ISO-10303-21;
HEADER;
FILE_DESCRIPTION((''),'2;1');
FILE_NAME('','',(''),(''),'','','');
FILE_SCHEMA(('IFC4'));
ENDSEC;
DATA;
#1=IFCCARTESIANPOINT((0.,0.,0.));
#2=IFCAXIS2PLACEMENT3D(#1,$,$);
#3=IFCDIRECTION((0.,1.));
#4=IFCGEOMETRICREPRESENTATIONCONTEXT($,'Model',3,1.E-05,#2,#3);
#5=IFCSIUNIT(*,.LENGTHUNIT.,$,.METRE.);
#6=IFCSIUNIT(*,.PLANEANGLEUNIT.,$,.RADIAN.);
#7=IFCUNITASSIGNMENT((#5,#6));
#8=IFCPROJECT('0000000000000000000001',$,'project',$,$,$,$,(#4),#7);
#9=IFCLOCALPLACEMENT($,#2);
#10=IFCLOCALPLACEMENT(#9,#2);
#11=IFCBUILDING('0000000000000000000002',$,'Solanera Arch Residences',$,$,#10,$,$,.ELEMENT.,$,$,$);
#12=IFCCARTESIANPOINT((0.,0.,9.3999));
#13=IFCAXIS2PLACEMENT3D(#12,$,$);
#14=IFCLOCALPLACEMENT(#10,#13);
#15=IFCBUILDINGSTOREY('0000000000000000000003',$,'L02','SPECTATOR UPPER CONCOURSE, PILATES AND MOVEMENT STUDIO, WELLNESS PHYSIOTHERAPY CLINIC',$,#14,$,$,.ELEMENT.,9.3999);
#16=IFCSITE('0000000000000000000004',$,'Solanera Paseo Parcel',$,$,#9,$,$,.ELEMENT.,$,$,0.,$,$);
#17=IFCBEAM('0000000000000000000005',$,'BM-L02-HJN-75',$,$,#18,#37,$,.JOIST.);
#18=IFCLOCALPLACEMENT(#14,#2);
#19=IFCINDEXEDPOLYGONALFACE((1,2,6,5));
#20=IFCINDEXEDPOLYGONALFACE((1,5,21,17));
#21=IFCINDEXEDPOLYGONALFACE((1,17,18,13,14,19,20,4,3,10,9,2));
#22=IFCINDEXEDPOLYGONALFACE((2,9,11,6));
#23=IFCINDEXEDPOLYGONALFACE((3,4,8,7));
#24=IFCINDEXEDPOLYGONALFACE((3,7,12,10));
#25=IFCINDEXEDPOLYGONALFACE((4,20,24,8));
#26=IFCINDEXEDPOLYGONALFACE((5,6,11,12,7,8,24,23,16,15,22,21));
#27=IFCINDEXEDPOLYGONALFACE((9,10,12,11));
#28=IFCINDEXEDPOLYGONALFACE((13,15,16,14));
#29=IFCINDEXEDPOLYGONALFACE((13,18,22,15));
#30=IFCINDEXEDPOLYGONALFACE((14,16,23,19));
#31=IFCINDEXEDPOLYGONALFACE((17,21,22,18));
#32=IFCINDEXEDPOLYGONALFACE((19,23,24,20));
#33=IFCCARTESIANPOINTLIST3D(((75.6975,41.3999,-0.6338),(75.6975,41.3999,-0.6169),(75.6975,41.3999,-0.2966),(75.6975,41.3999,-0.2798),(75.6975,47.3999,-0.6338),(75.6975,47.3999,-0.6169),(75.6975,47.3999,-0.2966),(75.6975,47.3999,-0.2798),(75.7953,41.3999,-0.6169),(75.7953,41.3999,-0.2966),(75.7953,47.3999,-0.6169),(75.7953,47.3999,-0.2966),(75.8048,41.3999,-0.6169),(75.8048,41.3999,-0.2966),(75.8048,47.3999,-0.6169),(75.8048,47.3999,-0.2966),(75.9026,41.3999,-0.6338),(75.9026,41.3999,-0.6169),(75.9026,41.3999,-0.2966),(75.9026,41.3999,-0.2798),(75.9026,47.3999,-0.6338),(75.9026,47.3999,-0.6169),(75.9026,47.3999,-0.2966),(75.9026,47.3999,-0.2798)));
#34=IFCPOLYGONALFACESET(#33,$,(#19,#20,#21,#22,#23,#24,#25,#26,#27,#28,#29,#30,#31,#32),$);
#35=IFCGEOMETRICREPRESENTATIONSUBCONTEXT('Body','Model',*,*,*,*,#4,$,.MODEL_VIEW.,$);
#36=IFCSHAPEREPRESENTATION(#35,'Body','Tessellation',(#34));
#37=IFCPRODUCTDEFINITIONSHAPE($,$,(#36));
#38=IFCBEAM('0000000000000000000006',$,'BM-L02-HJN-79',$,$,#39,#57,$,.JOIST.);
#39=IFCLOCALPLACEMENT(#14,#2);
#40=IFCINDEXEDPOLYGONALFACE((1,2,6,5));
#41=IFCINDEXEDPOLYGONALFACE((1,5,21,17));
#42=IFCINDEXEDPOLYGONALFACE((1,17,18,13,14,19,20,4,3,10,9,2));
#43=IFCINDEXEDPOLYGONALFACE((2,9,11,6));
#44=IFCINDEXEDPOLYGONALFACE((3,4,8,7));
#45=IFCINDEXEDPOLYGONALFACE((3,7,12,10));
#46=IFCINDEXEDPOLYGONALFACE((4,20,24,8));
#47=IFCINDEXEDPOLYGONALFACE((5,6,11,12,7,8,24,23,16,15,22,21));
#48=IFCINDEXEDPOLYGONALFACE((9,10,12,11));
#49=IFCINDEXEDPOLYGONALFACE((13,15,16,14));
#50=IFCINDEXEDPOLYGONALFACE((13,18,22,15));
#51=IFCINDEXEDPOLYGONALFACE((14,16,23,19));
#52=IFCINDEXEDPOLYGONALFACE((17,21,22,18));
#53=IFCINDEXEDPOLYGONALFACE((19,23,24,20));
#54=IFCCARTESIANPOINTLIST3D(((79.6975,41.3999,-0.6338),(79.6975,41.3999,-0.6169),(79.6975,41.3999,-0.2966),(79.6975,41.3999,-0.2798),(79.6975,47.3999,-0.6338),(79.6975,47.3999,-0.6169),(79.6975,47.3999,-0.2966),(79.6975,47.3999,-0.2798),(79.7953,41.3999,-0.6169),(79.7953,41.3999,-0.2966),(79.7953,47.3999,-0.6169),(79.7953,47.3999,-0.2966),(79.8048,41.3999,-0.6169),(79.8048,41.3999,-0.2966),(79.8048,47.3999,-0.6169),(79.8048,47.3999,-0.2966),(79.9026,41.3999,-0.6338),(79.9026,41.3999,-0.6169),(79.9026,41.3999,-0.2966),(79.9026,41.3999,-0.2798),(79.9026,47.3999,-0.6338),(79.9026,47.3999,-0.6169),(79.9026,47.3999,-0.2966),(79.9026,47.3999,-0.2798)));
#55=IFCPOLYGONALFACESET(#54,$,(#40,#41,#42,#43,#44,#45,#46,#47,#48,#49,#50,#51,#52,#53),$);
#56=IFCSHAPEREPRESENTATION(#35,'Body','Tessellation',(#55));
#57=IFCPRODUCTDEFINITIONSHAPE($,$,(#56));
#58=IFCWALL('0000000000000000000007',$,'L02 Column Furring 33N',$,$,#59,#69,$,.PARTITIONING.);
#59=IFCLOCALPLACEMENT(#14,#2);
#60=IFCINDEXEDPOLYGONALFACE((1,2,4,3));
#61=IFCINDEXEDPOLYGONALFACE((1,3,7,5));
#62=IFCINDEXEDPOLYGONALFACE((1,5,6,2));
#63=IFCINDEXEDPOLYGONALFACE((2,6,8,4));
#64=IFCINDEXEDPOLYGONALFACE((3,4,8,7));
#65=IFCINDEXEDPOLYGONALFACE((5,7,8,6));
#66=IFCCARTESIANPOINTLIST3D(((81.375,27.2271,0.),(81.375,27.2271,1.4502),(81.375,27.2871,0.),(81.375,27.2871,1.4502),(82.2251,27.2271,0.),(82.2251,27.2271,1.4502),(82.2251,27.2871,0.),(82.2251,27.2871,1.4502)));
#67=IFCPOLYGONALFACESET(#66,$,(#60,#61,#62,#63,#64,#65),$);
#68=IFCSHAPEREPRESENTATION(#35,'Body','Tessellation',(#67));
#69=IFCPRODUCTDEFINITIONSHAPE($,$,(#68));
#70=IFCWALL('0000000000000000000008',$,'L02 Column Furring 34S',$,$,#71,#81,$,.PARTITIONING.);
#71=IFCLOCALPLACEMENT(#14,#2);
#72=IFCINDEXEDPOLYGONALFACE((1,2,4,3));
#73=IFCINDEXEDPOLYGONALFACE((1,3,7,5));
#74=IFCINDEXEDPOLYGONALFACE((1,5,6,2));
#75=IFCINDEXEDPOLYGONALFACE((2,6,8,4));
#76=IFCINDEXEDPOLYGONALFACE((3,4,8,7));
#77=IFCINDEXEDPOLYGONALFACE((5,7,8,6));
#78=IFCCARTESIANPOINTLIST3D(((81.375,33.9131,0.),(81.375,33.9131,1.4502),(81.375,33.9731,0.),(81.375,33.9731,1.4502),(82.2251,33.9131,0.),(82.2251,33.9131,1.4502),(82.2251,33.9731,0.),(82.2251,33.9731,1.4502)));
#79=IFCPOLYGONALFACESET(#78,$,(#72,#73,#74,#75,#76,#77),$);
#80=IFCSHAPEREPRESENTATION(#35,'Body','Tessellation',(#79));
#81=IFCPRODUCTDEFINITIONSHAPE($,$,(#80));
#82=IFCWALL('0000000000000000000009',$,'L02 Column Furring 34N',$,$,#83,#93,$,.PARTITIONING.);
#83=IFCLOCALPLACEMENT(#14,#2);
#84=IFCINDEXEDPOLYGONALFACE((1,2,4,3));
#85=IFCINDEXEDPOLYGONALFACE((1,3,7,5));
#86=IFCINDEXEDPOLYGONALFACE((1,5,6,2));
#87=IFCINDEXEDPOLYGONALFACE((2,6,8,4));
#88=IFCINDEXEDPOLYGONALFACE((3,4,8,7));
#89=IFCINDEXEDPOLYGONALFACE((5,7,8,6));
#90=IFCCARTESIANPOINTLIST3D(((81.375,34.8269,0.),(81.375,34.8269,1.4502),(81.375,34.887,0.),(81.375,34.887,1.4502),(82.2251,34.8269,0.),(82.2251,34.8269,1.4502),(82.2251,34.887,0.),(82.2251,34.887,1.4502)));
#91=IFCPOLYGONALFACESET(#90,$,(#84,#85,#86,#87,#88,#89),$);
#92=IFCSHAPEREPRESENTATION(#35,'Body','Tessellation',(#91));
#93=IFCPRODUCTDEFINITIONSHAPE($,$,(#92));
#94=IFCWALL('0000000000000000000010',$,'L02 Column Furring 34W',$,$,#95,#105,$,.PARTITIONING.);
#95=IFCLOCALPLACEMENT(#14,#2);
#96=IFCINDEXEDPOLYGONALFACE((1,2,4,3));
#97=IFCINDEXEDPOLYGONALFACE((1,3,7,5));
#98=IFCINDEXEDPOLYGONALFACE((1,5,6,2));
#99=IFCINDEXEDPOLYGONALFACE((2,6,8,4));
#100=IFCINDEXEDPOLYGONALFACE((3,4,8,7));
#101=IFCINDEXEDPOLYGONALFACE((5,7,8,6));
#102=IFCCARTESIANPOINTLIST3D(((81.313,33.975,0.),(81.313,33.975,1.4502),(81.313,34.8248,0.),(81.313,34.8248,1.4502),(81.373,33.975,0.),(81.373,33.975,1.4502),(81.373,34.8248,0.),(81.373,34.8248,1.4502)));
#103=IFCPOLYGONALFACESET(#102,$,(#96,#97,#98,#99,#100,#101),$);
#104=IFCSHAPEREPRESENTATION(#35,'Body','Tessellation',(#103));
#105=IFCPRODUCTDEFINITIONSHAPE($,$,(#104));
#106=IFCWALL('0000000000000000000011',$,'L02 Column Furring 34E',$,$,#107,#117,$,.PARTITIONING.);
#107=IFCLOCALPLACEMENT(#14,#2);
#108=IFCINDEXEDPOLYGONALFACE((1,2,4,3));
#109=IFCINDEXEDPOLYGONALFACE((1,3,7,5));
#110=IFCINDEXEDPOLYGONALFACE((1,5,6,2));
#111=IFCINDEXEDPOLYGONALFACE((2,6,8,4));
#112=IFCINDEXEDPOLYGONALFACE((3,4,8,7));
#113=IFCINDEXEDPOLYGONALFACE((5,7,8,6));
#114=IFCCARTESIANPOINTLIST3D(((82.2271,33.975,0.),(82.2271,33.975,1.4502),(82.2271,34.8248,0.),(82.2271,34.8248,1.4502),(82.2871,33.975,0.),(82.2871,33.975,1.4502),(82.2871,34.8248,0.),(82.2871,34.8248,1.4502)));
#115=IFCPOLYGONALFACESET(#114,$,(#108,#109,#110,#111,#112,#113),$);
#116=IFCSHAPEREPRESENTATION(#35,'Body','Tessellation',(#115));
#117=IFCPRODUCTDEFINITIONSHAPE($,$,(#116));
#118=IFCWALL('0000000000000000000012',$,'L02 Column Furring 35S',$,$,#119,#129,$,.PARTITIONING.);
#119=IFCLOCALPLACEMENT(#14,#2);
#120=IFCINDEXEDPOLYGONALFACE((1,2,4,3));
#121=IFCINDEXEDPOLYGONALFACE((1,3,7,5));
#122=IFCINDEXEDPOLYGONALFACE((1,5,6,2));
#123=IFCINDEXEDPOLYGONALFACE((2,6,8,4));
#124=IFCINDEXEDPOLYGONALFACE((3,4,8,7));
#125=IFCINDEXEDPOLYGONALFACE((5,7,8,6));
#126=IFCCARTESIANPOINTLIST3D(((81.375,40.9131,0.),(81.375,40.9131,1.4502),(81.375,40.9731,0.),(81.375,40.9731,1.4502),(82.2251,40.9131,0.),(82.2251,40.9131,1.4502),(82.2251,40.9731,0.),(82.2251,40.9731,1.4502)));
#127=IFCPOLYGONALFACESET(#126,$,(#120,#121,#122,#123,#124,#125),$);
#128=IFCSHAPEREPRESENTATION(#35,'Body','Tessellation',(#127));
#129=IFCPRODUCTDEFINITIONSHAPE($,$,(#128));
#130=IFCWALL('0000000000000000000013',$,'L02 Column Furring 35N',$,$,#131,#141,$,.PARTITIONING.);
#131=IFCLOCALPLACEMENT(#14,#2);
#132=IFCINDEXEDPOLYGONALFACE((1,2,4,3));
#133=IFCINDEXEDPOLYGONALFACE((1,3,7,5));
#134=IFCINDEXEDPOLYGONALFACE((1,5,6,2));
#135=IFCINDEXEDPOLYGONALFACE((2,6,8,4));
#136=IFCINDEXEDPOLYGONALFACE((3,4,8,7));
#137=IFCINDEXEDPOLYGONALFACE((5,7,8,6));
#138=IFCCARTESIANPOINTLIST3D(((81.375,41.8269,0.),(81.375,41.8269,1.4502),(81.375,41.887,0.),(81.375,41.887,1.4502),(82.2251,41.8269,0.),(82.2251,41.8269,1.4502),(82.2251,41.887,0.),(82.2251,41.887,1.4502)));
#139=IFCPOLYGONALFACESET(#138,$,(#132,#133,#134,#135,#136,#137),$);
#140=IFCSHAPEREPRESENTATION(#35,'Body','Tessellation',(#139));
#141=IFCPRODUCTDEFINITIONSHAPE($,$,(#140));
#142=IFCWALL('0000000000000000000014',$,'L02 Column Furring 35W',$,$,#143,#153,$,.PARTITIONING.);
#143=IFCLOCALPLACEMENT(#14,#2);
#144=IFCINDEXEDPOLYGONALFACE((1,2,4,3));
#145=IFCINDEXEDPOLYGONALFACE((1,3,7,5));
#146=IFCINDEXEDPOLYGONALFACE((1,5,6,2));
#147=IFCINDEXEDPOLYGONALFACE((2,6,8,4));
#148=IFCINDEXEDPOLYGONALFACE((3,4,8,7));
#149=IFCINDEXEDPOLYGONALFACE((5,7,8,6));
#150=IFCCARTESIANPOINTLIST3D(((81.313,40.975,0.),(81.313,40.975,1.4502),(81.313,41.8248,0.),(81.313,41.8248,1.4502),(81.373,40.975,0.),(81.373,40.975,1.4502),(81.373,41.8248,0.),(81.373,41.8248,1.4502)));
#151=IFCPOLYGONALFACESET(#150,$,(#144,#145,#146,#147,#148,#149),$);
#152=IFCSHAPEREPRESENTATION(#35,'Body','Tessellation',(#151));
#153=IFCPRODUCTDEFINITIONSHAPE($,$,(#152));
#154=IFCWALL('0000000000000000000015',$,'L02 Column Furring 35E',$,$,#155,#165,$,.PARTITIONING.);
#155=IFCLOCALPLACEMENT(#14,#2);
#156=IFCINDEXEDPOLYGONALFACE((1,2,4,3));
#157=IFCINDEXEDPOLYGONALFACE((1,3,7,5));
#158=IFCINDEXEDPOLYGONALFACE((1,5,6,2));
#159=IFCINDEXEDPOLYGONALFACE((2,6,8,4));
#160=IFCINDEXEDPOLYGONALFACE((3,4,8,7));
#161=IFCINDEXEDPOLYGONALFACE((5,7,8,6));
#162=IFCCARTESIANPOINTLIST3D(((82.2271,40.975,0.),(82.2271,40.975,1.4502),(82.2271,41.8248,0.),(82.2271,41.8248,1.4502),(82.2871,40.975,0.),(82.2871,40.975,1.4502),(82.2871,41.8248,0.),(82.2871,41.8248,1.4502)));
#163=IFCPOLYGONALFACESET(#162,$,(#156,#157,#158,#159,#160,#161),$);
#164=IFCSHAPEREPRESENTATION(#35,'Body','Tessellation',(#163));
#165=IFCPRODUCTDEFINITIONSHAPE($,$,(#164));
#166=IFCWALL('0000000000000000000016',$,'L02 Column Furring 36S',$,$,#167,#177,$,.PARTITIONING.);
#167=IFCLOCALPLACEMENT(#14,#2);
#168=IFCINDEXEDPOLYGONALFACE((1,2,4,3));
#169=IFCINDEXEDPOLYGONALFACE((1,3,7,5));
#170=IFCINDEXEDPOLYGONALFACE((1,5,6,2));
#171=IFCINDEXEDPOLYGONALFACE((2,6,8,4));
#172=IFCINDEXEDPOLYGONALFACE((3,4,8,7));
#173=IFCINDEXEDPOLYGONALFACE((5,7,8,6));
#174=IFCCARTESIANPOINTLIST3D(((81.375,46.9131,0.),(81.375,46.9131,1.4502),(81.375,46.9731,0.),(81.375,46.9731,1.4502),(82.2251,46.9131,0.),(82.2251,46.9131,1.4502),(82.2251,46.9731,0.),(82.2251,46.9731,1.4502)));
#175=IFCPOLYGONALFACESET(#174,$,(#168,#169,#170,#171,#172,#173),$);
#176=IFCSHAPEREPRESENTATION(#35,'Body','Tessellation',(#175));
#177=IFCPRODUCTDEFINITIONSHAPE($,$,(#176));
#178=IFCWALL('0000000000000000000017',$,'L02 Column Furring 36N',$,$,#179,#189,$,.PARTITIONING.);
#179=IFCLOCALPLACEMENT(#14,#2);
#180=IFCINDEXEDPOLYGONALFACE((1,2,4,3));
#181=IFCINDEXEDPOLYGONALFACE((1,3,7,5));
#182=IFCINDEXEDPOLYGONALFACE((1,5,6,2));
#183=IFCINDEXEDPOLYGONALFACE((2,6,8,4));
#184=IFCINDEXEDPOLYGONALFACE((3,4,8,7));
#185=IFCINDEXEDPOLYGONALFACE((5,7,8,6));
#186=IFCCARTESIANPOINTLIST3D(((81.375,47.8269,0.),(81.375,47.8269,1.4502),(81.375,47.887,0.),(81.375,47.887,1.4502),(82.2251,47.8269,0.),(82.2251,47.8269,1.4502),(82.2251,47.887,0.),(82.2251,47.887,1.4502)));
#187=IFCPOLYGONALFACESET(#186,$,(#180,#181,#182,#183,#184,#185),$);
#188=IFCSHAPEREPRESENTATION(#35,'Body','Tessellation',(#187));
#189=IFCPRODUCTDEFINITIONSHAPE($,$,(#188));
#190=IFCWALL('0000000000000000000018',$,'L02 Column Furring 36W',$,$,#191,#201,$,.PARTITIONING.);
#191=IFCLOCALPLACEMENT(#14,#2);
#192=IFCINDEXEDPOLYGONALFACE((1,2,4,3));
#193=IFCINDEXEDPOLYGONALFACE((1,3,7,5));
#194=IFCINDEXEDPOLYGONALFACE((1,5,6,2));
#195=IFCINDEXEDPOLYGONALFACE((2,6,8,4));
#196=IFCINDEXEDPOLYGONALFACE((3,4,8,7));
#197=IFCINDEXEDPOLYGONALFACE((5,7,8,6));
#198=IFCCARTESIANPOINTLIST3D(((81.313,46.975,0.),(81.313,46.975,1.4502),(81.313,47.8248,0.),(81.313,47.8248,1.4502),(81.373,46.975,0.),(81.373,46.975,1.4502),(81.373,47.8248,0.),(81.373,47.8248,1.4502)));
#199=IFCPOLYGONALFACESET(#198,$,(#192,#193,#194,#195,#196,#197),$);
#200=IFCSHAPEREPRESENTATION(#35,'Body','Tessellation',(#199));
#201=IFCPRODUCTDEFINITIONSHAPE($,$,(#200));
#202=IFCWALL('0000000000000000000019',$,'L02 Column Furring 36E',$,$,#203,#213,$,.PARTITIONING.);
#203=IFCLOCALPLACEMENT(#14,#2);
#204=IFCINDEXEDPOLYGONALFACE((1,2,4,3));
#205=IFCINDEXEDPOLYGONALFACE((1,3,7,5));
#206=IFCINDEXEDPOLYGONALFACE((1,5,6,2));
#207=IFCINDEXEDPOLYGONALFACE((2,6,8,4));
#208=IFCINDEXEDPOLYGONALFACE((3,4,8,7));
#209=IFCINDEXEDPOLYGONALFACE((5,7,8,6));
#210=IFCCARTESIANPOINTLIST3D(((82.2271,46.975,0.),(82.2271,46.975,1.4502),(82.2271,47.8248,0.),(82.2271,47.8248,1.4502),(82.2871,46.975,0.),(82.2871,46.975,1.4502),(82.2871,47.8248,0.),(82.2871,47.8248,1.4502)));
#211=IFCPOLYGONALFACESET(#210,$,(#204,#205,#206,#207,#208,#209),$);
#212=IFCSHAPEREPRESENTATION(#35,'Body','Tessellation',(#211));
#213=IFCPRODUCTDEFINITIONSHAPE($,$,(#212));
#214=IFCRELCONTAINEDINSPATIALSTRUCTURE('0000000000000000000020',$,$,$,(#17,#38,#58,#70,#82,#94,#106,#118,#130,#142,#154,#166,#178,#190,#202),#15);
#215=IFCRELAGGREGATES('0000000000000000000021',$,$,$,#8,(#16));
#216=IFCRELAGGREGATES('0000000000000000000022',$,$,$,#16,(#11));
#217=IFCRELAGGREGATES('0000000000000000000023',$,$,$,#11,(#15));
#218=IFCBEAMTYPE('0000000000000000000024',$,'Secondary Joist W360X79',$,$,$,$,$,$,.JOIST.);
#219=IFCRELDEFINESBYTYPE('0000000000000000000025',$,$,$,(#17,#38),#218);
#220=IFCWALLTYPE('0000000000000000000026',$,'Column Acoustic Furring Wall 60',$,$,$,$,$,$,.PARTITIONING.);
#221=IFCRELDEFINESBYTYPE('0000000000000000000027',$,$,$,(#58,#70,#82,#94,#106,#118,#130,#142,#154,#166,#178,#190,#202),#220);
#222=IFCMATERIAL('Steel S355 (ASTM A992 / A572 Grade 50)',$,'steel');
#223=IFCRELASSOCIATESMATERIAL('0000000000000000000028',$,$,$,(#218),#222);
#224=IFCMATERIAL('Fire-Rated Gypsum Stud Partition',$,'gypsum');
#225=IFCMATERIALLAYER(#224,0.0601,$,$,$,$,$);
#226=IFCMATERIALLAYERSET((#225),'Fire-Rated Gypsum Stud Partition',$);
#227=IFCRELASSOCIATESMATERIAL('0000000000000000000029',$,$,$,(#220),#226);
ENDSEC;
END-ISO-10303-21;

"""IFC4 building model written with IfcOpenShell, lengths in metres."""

from ifc_helpers import new_model, si_unit, direction, frame, frame_2d, origin, origin_2d, place, context, subcontext, project, spatial, rectangle, i_section, extrude, material, layer, layer_set, material_profile, profile_set, type_object, element, save


model = new_model("IFC4")

# Units and contexts
model_context = context("Model", 3, precision=1e-05, world=origin(), true_north=direction((0.0, 1.0)))
body_context = subcontext(model_context, "Body", "Model", "MODEL_VIEW")
ifc_project = project(units=[si_unit("LENGTHUNIT", "METRE"), si_unit("PLANEANGLEUNIT", "RADIAN")], contexts=[model_context])

# Site, building, storey
site_placement = place(None, origin())
site = spatial("IfcSite", under=ifc_project, at=site_placement, Name="Solanera Paseo Parcel", CompositionType="ELEMENT", RefElevation=0.0)
building_placement = place(site_placement, origin())
building = spatial("IfcBuilding", under=site, at=building_placement, Name="Solanera Arch Residences", CompositionType="ELEMENT")
storey_placement = place(building_placement, frame((0.0, 0.0, 9.3999)))
storey = spatial("IfcBuildingStorey", under=building, at=storey_placement, Name="L02", Description="SPECTATOR UPPER CONCOURSE, PILATES AND MOVEMENT STUDIO, WELLNESS PHYSIOTHERAPY CLINIC", CompositionType="ELEMENT", Elevation=9.3999)

# Beams
ifc_material_1 = material(Name="Steel S355 (ASTM A992 / A572 Grade 50)", Category="steel")
ifc_material_profile_1 = material_profile(ifc_material_1, i_section(OverallWidth=0.2051, OverallDepth=0.354, WebThickness=0.0095, FlangeThickness=0.0168, at=origin_2d()))
ifc_profile_set_1 = profile_set([ifc_material_profile_1], Name="Steel S355 (ASTM A992 / A572 Grade 50)")
beam_type_1 = type_object("IfcBeamType", Name="Secondary Joist W360X79", PredefinedType="JOIST", material=ifc_profile_set_1)
for number, where, z_axis, x_axis, name in (
    (1, (75.8, 41.3999, -0.4568), (0.0, 1.0, 0.0), (-1.0, 0.0, 0.0), "BM-L02-HJN-75"),
    (2, (79.8, 41.3999, -0.4568), (0.0, 1.0, 0.0), (-1.0, 0.0, 0.0), "BM-L02-HJN-79"),
):
    element("IfcBeam", number, at=place(storey_placement, frame(where, z_axis=z_axis, x_axis=x_axis)), inside=storey, type_object=beam_type_1, Name=name, PredefinedType="JOIST", context=body_context, shape_type="SweptSolid", body=[
        extrude(i_section(OverallWidth=0.2051, OverallDepth=0.354, WebThickness=0.0095, FlangeThickness=0.0168, at=origin_2d()), origin(), (0.0, 0.0, 1.0), 6.0),
    ])

# Walls
ifc_material_2 = material(Name="Fire-Rated Gypsum Stud Partition", Category="gypsum")
ifc_layer_1 = layer(ifc_material_2, 0.0601)
ifc_layer_set_1 = layer_set([ifc_layer_1], Name="Fire-Rated Gypsum Stud Partition")
wall_type_1 = type_object("IfcWallType", Name="Column Acoustic Furring Wall 60", PredefinedType="PARTITIONING", material=ifc_layer_set_1)
for number, where, z_axis, x_axis, name in (
    (3, (81.375, 27.2571, 0.0), (0.0, 0.0, 1.0), (1.0, 0.0, 0.0), "L02 Column Furring 33N"),
    (4, (81.375, 33.9431, 0.0), (0.0, 0.0, 1.0), (1.0, 0.0, 0.0), "L02 Column Furring 34S"),
    (5, (81.375, 34.8569, 0.0), (0.0, 0.0, 1.0), (1.0, 0.0, 0.0), "L02 Column Furring 34N"),
):
    element("IfcWall", number, at=place(storey_placement, frame(where, z_axis=z_axis, x_axis=x_axis)), inside=storey, type_object=wall_type_1, Name=name, PredefinedType="PARTITIONING", context=body_context, shape_type="SweptSolid", body=[
        extrude(rectangle(XDim=0.8501, YDim=0.0601, at=frame_2d((0.425, 0.0))), origin(), (0.0, 0.0, 1.0), 1.4502),
    ])
for number, where, z_axis, x_axis, name in (
    (6, (81.343, 33.9751, 0.0), (0.0, 0.0, 1.0), (0.0, 1.0, 0.0), "L02 Column Furring 34W"),
    (7, (82.2571, 33.9751, 0.0), (0.0, 0.0, 1.0), (0.0, 1.0, 0.0), "L02 Column Furring 34E"),
):
    element("IfcWall", number, at=place(storey_placement, frame(where, z_axis=z_axis, x_axis=x_axis)), inside=storey, type_object=wall_type_1, Name=name, PredefinedType="PARTITIONING", context=body_context, shape_type="SweptSolid", body=[
        extrude(rectangle(XDim=0.8499, YDim=0.0601, at=frame_2d((0.4248, 0.0))), origin(), (0.0, 0.0, 1.0), 1.4502),
    ])
for number, where, z_axis, x_axis, name in (
    (8, (81.375, 40.9431, 0.0), (0.0, 0.0, 1.0), (1.0, 0.0, 0.0), "L02 Column Furring 35S"),
    (9, (81.375, 41.8569, 0.0), (0.0, 0.0, 1.0), (1.0, 0.0, 0.0), "L02 Column Furring 35N"),
):
    element("IfcWall", number, at=place(storey_placement, frame(where, z_axis=z_axis, x_axis=x_axis)), inside=storey, type_object=wall_type_1, Name=name, PredefinedType="PARTITIONING", context=body_context, shape_type="SweptSolid", body=[
        extrude(rectangle(XDim=0.8501, YDim=0.0601, at=frame_2d((0.425, 0.0))), origin(), (0.0, 0.0, 1.0), 1.4502),
    ])
for number, where, z_axis, x_axis, name in (
    (10, (81.343, 40.9751, 0.0), (0.0, 0.0, 1.0), (0.0, 1.0, 0.0), "L02 Column Furring 35W"),
    (11, (82.2571, 40.9751, 0.0), (0.0, 0.0, 1.0), (0.0, 1.0, 0.0), "L02 Column Furring 35E"),
):
    element("IfcWall", number, at=place(storey_placement, frame(where, z_axis=z_axis, x_axis=x_axis)), inside=storey, type_object=wall_type_1, Name=name, PredefinedType="PARTITIONING", context=body_context, shape_type="SweptSolid", body=[
        extrude(rectangle(XDim=0.8499, YDim=0.0601, at=frame_2d((0.4248, 0.0))), origin(), (0.0, 0.0, 1.0), 1.4502),
    ])
for number, where, z_axis, x_axis, name in (
    (12, (81.375, 46.9431, 0.0), (0.0, 0.0, 1.0), (1.0, 0.0, 0.0), "L02 Column Furring 36S"),
    (13, (81.375, 47.8569, 0.0), (0.0, 0.0, 1.0), (1.0, 0.0, 0.0), "L02 Column Furring 36N"),
):
    element("IfcWall", number, at=place(storey_placement, frame(where, z_axis=z_axis, x_axis=x_axis)), inside=storey, type_object=wall_type_1, Name=name, PredefinedType="PARTITIONING", context=body_context, shape_type="SweptSolid", body=[
        extrude(rectangle(XDim=0.8501, YDim=0.0601, at=frame_2d((0.425, 0.0))), origin(), (0.0, 0.0, 1.0), 1.4502),
    ])
for number, where, z_axis, x_axis, name in (
    (14, (81.343, 46.9751, 0.0), (0.0, 0.0, 1.0), (0.0, 1.0, 0.0), "L02 Column Furring 36W"),
    (15, (82.2571, 46.9751, 0.0), (0.0, 0.0, 1.0), (0.0, 1.0, 0.0), "L02 Column Furring 36E"),
):
    element("IfcWall", number, at=place(storey_placement, frame(where, z_axis=z_axis, x_axis=x_axis)), inside=storey, type_object=wall_type_1, Name=name, PredefinedType="PARTITIONING", context=body_context, shape_type="SweptSolid", body=[
        extrude(rectangle(XDim=0.8499, YDim=0.0601, at=frame_2d((0.4248, 0.0))), origin(), (0.0, 0.0, 1.0), 1.4502),
    ])

save(model, "model.ifc")
